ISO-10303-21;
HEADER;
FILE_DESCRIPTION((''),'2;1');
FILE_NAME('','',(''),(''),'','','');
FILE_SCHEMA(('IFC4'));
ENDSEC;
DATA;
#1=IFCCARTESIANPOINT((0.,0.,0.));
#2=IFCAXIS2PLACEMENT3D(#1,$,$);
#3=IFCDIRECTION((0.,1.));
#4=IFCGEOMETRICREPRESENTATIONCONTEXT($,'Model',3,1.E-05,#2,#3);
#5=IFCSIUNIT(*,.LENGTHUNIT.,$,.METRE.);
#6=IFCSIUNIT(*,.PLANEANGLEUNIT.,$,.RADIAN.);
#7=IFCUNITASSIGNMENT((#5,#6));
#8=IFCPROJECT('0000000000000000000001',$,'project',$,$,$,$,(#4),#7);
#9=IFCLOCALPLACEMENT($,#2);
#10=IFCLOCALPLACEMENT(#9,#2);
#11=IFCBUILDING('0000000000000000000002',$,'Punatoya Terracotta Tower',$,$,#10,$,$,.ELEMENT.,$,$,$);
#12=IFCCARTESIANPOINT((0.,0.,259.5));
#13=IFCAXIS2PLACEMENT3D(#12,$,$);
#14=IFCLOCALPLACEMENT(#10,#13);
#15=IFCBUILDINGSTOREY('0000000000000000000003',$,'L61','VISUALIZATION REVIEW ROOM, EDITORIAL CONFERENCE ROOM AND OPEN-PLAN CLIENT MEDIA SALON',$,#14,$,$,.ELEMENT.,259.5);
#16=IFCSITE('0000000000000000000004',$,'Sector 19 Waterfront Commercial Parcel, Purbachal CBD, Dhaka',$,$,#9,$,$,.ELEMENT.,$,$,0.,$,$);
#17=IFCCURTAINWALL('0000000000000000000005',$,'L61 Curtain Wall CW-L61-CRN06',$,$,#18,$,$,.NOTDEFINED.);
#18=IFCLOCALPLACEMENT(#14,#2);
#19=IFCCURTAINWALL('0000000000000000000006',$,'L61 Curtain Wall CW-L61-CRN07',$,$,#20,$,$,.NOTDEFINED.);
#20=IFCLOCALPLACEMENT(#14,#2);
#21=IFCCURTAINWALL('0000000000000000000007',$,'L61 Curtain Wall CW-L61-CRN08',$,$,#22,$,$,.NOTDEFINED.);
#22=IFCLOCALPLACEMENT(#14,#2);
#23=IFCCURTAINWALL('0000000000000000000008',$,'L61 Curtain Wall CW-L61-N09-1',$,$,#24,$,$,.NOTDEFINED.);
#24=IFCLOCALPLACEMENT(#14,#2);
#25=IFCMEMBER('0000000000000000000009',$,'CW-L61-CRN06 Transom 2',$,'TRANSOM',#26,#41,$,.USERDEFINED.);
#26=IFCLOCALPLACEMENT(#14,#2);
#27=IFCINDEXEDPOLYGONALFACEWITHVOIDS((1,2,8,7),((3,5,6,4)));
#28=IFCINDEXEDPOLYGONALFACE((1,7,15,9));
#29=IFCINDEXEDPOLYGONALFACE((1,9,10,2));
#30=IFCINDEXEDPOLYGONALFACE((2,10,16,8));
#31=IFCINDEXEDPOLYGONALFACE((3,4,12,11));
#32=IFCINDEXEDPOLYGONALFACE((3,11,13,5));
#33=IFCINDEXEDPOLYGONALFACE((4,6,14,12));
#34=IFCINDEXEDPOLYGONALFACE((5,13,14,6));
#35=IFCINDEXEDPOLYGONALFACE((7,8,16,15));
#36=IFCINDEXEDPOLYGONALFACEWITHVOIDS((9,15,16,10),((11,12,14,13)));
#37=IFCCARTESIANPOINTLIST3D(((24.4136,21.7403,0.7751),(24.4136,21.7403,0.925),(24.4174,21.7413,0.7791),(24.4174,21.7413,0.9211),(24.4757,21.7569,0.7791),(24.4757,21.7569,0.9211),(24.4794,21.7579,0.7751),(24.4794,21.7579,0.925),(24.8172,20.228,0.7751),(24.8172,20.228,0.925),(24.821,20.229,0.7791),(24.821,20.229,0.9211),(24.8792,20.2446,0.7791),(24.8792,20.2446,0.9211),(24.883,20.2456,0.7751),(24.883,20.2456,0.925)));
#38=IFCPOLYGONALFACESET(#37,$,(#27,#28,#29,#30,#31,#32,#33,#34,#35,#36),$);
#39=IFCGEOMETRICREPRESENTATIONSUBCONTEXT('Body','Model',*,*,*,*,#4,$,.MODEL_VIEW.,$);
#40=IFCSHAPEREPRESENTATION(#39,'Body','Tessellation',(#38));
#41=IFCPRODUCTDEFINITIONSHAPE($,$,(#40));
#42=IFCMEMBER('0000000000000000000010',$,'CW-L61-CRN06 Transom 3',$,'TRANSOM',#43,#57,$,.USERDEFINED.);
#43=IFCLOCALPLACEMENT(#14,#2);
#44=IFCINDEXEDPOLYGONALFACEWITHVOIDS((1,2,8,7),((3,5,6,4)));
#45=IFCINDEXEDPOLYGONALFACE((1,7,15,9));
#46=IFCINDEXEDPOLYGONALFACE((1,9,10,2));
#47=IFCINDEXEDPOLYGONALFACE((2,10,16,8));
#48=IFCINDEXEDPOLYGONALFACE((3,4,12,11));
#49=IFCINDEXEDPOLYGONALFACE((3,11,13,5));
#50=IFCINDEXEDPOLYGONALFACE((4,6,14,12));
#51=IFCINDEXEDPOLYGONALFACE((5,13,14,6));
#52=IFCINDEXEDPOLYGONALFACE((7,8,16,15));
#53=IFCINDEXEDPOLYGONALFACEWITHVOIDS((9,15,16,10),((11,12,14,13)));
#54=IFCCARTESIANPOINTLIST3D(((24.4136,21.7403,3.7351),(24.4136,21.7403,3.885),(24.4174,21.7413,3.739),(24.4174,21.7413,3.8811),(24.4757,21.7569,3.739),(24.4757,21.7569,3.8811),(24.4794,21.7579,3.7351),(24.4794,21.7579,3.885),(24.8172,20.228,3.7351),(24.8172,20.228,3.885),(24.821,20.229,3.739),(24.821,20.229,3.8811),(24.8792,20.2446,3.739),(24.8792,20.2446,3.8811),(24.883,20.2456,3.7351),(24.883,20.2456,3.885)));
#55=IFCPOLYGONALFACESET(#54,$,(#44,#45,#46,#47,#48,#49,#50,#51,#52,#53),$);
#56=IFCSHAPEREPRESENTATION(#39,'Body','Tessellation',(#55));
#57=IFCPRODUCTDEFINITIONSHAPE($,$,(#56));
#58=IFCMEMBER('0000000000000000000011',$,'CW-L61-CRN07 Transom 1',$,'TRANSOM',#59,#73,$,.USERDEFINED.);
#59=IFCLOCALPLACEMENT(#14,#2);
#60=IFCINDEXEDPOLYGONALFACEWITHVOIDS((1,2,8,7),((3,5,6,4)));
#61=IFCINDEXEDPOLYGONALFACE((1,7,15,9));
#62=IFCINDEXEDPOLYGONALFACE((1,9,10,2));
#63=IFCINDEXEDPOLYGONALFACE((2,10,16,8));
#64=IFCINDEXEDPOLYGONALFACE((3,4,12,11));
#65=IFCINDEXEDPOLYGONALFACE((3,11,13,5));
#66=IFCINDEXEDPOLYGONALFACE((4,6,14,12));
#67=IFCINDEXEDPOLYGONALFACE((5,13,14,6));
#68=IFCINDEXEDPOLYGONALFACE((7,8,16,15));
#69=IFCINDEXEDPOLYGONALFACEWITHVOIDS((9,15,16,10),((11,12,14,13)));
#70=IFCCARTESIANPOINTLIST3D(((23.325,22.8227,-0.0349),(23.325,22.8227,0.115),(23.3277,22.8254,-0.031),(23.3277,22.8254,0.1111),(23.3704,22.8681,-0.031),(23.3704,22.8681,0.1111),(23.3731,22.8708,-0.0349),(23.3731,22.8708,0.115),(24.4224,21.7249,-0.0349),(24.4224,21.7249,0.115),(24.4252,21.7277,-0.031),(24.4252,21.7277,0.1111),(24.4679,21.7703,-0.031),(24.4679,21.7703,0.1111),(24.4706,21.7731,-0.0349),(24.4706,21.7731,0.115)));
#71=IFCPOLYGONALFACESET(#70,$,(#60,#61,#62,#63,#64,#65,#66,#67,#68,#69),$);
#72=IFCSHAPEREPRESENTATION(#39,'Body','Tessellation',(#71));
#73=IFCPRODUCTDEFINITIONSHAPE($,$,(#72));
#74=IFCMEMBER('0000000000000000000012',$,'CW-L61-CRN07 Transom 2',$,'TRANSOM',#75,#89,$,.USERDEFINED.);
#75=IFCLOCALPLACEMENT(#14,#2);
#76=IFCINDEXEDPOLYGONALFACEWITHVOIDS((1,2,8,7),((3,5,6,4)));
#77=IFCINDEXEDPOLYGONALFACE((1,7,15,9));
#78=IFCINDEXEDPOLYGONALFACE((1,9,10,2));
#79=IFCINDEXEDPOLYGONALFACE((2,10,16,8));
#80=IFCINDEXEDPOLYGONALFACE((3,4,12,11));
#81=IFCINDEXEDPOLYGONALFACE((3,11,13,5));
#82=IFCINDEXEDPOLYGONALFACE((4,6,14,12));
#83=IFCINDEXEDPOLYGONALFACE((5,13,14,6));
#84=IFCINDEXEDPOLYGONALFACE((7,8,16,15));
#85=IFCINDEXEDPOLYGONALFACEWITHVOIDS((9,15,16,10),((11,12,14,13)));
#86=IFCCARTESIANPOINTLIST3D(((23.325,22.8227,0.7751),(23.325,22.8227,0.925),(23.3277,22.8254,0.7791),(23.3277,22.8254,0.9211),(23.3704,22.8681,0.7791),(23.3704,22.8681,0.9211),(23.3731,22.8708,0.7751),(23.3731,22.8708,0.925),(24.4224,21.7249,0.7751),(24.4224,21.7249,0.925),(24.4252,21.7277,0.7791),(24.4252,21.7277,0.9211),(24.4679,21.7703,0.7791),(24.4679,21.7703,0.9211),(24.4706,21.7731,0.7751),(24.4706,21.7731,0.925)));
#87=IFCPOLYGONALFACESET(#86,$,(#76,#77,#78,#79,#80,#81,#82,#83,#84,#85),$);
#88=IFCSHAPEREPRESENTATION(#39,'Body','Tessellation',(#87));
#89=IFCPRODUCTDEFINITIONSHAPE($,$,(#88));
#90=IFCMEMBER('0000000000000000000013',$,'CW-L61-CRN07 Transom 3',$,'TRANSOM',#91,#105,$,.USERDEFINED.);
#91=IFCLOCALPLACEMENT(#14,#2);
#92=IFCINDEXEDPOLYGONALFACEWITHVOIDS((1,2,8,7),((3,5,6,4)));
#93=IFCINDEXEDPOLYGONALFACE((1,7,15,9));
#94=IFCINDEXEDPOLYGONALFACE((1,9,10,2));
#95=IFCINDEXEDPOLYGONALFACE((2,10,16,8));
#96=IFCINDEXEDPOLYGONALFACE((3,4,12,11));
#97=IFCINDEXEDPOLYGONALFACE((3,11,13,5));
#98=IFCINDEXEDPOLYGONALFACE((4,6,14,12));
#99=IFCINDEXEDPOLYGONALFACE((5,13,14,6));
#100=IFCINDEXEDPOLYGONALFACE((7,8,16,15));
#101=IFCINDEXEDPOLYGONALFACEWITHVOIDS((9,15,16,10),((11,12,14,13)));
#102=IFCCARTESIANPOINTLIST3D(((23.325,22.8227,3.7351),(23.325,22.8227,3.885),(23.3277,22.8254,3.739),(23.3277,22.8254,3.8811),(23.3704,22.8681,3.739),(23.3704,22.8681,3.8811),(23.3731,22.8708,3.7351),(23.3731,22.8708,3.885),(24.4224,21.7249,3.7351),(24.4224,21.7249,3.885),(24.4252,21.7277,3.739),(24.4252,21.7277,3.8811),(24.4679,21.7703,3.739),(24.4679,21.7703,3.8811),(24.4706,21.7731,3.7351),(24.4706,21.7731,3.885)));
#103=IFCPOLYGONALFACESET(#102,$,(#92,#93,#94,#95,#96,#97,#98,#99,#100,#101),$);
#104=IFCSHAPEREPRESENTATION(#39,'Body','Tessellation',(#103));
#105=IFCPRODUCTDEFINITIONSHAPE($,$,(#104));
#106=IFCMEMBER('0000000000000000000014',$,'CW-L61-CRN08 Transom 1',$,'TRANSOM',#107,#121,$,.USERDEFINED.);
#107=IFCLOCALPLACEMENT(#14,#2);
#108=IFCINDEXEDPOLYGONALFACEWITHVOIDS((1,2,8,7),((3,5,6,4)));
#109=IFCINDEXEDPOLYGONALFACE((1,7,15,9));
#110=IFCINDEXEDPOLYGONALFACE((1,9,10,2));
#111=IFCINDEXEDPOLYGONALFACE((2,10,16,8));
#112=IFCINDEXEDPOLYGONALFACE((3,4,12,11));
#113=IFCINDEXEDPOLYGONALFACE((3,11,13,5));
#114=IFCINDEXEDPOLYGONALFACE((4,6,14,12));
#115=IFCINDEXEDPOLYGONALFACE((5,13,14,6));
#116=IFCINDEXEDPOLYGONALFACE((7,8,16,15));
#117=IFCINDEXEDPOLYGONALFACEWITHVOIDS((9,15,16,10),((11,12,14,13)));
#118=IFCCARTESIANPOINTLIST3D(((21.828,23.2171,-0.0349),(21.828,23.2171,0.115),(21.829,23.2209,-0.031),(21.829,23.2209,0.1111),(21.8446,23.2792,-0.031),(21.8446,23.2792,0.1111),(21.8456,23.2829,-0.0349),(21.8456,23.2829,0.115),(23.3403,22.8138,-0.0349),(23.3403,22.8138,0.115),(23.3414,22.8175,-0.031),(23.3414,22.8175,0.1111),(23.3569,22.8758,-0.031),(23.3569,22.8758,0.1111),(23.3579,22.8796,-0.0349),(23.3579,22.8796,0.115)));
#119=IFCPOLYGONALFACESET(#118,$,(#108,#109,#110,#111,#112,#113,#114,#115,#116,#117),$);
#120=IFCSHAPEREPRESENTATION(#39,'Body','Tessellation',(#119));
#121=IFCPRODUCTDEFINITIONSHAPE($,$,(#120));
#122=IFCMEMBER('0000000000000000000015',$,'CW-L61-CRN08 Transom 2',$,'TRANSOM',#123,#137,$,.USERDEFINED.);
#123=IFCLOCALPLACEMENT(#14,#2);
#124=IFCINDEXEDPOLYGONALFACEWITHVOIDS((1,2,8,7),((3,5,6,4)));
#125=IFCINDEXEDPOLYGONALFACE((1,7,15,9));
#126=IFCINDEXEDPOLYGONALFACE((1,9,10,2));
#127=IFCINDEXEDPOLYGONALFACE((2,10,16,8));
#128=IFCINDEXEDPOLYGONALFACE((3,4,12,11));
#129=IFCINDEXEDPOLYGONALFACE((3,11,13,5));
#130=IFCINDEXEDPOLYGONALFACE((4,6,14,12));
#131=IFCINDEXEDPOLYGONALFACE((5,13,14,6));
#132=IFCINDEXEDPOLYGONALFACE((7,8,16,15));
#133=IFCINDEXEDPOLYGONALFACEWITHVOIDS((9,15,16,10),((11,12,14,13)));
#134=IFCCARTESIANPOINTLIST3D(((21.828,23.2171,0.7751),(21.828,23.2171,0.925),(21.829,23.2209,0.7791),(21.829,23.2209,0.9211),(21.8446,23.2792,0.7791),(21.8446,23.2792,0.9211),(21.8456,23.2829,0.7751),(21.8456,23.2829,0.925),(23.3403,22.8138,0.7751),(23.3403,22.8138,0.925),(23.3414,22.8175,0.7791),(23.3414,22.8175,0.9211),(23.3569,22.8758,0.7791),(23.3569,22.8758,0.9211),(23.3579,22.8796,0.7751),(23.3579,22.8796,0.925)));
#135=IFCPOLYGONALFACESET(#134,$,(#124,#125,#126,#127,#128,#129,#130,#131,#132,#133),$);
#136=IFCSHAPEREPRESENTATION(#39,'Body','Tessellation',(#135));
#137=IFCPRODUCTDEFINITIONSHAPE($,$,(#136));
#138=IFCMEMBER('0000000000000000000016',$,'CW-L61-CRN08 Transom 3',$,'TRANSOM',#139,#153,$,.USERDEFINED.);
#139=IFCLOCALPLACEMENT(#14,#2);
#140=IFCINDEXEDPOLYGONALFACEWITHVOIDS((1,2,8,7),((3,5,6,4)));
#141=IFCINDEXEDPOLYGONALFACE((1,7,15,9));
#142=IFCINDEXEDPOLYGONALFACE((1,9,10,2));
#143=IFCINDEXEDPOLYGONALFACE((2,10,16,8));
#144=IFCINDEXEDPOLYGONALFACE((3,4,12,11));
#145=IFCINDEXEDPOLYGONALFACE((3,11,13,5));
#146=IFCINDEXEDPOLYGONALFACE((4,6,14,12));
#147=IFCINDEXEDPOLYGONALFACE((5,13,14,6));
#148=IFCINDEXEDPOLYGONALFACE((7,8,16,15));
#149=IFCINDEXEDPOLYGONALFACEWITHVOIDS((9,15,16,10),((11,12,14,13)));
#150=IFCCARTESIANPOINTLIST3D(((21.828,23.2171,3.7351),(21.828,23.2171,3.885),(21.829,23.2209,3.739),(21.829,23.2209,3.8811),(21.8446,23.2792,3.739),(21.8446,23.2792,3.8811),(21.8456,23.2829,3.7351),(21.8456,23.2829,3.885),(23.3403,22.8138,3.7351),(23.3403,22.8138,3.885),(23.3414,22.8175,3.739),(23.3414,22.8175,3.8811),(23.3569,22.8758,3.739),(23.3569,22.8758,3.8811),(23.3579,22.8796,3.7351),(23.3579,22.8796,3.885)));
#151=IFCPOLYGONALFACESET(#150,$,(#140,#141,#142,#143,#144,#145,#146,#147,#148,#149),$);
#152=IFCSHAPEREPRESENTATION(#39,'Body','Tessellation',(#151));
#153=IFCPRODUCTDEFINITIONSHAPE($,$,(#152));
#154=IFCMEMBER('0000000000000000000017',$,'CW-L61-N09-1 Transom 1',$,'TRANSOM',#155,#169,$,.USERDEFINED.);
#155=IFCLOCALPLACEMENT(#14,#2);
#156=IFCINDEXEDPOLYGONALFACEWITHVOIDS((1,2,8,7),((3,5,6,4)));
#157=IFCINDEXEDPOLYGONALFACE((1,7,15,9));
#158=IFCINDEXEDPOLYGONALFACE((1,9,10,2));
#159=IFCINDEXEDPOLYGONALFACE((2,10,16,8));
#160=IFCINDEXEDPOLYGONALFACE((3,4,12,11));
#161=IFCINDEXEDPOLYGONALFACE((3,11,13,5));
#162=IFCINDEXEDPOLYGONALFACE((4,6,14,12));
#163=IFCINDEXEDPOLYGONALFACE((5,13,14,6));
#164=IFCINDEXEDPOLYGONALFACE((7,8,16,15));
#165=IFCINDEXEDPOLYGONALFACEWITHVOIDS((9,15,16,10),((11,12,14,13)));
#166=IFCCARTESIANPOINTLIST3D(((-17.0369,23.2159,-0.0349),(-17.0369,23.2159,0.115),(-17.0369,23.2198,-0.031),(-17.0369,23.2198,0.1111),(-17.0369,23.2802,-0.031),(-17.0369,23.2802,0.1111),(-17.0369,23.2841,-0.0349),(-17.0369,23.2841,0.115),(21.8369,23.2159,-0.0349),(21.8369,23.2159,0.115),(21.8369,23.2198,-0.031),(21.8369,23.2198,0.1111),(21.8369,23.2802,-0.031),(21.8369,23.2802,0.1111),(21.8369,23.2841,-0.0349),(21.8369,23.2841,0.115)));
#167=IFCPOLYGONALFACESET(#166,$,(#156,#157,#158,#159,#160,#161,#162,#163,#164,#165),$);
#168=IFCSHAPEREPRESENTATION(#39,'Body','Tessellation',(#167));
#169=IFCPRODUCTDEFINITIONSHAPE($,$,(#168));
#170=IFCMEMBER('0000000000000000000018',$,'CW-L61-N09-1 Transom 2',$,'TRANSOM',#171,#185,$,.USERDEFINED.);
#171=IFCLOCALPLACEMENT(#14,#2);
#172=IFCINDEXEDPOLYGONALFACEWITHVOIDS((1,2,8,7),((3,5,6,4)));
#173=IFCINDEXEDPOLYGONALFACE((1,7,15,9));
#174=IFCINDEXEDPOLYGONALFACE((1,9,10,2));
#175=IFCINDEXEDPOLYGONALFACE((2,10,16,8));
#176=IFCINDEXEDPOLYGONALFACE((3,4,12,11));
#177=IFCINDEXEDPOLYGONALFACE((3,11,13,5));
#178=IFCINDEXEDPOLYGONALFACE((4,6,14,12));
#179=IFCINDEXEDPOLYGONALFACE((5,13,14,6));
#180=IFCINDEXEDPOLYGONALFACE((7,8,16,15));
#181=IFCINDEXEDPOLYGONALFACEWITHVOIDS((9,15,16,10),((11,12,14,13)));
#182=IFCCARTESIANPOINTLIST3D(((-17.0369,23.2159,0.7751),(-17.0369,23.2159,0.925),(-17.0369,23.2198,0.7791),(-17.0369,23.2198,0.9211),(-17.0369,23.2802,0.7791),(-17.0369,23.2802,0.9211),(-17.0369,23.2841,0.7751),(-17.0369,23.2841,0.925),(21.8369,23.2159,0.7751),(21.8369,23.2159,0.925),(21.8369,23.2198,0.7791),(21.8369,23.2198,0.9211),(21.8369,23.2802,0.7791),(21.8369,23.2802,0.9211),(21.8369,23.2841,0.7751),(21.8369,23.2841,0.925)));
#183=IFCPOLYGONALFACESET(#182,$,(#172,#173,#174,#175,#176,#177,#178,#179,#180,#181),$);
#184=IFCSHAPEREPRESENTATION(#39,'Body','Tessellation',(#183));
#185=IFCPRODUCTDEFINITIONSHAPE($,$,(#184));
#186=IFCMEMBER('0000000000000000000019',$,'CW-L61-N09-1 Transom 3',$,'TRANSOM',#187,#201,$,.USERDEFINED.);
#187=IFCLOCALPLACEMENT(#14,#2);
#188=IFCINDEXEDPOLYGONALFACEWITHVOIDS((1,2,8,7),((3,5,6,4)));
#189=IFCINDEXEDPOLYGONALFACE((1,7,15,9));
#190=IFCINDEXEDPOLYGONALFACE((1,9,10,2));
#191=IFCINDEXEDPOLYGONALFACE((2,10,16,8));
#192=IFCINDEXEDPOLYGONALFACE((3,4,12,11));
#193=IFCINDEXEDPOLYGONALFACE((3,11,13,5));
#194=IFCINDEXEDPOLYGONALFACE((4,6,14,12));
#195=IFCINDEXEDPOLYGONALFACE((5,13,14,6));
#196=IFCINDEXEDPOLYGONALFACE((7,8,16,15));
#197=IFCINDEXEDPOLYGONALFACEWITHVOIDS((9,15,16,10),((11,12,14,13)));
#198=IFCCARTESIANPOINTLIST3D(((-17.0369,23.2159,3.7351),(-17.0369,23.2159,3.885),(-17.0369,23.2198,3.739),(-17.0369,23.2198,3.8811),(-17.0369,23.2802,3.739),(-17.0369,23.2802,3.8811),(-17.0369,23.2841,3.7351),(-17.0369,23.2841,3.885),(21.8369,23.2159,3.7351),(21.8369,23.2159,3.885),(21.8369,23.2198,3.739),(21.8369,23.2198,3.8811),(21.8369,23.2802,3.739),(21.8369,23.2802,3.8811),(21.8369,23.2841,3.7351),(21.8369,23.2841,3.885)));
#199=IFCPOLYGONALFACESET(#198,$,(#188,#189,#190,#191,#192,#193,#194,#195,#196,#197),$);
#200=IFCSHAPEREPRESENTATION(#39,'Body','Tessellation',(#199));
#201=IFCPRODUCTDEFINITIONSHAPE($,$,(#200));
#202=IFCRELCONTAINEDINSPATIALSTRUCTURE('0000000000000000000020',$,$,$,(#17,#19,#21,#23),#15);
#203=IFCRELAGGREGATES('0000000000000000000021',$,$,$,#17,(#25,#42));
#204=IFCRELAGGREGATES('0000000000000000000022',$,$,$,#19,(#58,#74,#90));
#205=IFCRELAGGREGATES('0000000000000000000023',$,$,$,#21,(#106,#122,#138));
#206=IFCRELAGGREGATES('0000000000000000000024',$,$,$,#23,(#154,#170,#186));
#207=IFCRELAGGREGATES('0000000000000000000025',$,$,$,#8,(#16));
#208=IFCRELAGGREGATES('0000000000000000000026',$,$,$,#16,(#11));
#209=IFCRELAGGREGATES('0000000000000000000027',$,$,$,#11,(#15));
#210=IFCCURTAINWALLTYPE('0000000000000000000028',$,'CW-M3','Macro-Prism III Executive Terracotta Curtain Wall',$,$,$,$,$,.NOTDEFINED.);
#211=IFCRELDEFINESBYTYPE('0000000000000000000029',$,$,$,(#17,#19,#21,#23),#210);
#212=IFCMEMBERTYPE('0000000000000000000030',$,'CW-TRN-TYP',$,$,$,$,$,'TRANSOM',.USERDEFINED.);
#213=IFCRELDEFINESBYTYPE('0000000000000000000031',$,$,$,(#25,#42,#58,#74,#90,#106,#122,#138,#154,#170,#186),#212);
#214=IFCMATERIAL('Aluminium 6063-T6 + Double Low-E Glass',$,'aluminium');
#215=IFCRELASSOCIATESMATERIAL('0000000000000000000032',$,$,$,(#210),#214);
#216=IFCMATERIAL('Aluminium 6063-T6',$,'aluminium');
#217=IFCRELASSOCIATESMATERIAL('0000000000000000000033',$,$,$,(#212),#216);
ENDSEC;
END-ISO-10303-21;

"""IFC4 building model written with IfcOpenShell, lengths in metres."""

from ifc_helpers import new_model, si_unit, direction, frame, origin, origin_2d, place, context, subcontext, project, spatial, hollow_rectangle, extrude, material, material_profile, profile_set, type_object, element, aggregate, save


model = new_model("IFC4")

# Units and contexts
model_context = context("Model", 3, precision=1e-05, world=origin(), true_north=direction((0.0, 1.0)))
body_context = subcontext(model_context, "Body", "Model", "MODEL_VIEW")
ifc_project = project(units=[si_unit("LENGTHUNIT", "METRE"), si_unit("PLANEANGLEUNIT", "RADIAN")], contexts=[model_context])

# Site, building, storey
site_placement = place(None, origin())
site = spatial("IfcSite", under=ifc_project, at=site_placement, Name="Sector 19 Waterfront Commercial Parcel, Purbachal CBD, Dhaka", CompositionType="ELEMENT", RefElevation=0.0)
building_placement = place(site_placement, origin())
building = spatial("IfcBuilding", under=site, at=building_placement, Name="Punatoya Terracotta Tower", CompositionType="ELEMENT")
storey_placement = place(building_placement, frame((0.0, 0.0, 259.5)))
storey = spatial("IfcBuildingStorey", under=building, at=storey_placement, Name="L61", Description="VISUALIZATION REVIEW ROOM, EDITORIAL CONFERENCE ROOM AND OPEN-PLAN CLIENT MEDIA SALON", CompositionType="ELEMENT", Elevation=259.5)

# Curtain walls
ifc_material_1 = material(Name="Aluminium 6063-T6 + Double Low-E Glass", Category="aluminium")
curtain_wall_type = type_object("IfcCurtainWallType", Name="CW-M3", Description="Macro-Prism III Executive Terracotta Curtain Wall", PredefinedType="NOTDEFINED", material=ifc_material_1)
curtain_wall_1_placement = place(storey_placement, origin())
curtain_wall_1 = element("IfcCurtainWall", 1, at=curtain_wall_1_placement, inside=storey, type_object=curtain_wall_type, Name="L61 Curtain Wall CW-L61-CRN06", PredefinedType="NOTDEFINED")
ifc_material_2 = material(Name="Aluminium 6063-T6", Category="aluminium")
curtain_wall_2_placement = place(storey_placement, origin())
curtain_wall_2 = element("IfcCurtainWall", 2, at=curtain_wall_2_placement, inside=storey, type_object=curtain_wall_type, Name="L61 Curtain Wall CW-L61-CRN07", PredefinedType="NOTDEFINED")
curtain_wall_3_placement = place(storey_placement, origin())
curtain_wall_3 = element("IfcCurtainWall", 3, at=curtain_wall_3_placement, inside=storey, type_object=curtain_wall_type, Name="L61 Curtain Wall CW-L61-CRN08", PredefinedType="NOTDEFINED")

# Curtain wall
curtain_wall_4_placement = place(storey_placement, origin())
curtain_wall_4 = element("IfcCurtainWall", 4, at=curtain_wall_4_placement, inside=storey, type_object=curtain_wall_type, Name="L61 Curtain Wall CW-L61-N09-1", PredefinedType="NOTDEFINED")

# Members
ifc_material_profile_1 = material_profile(ifc_material_2, hollow_rectangle(XDim=0.0681, YDim=0.1499, WallThickness=0.0039, at=origin_2d()))
ifc_profile_set_1 = profile_set([ifc_material_profile_1], Name="Aluminium 6063-T6")
member_type_1 = type_object("IfcMemberType", Name="CW-TRN-TYP", ElementType="TRANSOM", PredefinedType="USERDEFINED", material=ifc_profile_set_1)
member_1_placement = place(storey_placement, frame((24.8501, 20.2368, 0.8501), z_axis=(-0.257847, 0.966186, 0.0), x_axis=(-0.966186, -0.257847, 0.0)))
member_1 = element("IfcMember", 5, at=member_1_placement, type_object=member_type_1, Name="CW-L61-CRN06 Transom 2", ObjectType="TRANSOM", PredefinedType="USERDEFINED", context=body_context, shape_type="SweptSolid", body=[
    extrude(hollow_rectangle(XDim=0.0681, YDim=0.1499, WallThickness=0.0039, at=origin_2d()), origin(), (0.0, 0.0, 1.0), 1.5652),
])
member_2_placement = place(storey_placement, frame((24.8501, 20.2368, 3.8101), z_axis=(-0.257847, 0.966186, 0.0), x_axis=(-0.966186, -0.257847, 0.0)))
member_2 = element("IfcMember", 6, at=member_2_placement, type_object=member_type_1, Name="CW-L61-CRN06 Transom 3", ObjectType="TRANSOM", PredefinedType="USERDEFINED", context=body_context, shape_type="SweptSolid", body=[
    extrude(hollow_rectangle(XDim=0.0681, YDim=0.1499, WallThickness=0.0039, at=origin_2d()), origin(), (0.0, 0.0, 1.0), 1.5652),
])
member_3_placement = place(storey_placement, frame((24.4465, 21.749, 0.04), z_axis=(-0.707028, 0.707185, 0.0), x_axis=(-0.707185, -0.707028, 0.0)))
member_3 = element("IfcMember", 7, at=member_3_placement, type_object=member_type_1, Name="CW-L61-CRN07 Transom 1", ObjectType="TRANSOM", PredefinedType="USERDEFINED", context=body_context, shape_type="SweptSolid", body=[
    extrude(hollow_rectangle(XDim=0.0681, YDim=0.1499, WallThickness=0.0039, at=origin_2d()), origin(), (0.0, 0.0, 1.0), 1.5522),
])
member_4_placement = place(storey_placement, frame((24.4465, 21.749, 0.8501), z_axis=(-0.707028, 0.707185, 0.0), x_axis=(-0.707185, -0.707028, 0.0)))
member_4 = element("IfcMember", 8, at=member_4_placement, type_object=member_type_1, Name="CW-L61-CRN07 Transom 2", ObjectType="TRANSOM", PredefinedType="USERDEFINED", context=body_context, shape_type="SweptSolid", body=[
    extrude(hollow_rectangle(XDim=0.0681, YDim=0.1499, WallThickness=0.0039, at=origin_2d()), origin(), (0.0, 0.0, 1.0), 1.5522),
])
member_5_placement = place(storey_placement, frame((24.4465, 21.749, 3.8101), z_axis=(-0.707028, 0.707185, 0.0), x_axis=(-0.707185, -0.707028, 0.0)))
member_5 = element("IfcMember", 9, at=member_5_placement, type_object=member_type_1, Name="CW-L61-CRN07 Transom 3", ObjectType="TRANSOM", PredefinedType="USERDEFINED", context=body_context, shape_type="SweptSolid", body=[
    extrude(hollow_rectangle(XDim=0.0681, YDim=0.1499, WallThickness=0.0039, at=origin_2d()), origin(), (0.0, 0.0, 1.0), 1.5522),
])
member_6_placement = place(storey_placement, frame((23.3491, 22.8467, 0.04), z_axis=(-0.966225, 0.257701, 0.0), x_axis=(-0.257701, -0.966225, 0.0)))
member_6 = element("IfcMember", 10, at=member_6_placement, type_object=member_type_1, Name="CW-L61-CRN08 Transom 1", ObjectType="TRANSOM", PredefinedType="USERDEFINED", context=body_context, shape_type="SweptSolid", body=[
    extrude(hollow_rectangle(XDim=0.0681, YDim=0.1499, WallThickness=0.0039, at=origin_2d()), origin(), (0.0, 0.0, 1.0), 1.5652),
])
member_7_placement = place(storey_placement, frame((23.3491, 22.8467, 0.8501), z_axis=(-0.966225, 0.257701, 0.0), x_axis=(-0.257701, -0.966225, 0.0)))
member_7 = element("IfcMember", 11, at=member_7_placement, type_object=member_type_1, Name="CW-L61-CRN08 Transom 2", ObjectType="TRANSOM", PredefinedType="USERDEFINED", context=body_context, shape_type="SweptSolid", body=[
    extrude(hollow_rectangle(XDim=0.0681, YDim=0.1499, WallThickness=0.0039, at=origin_2d()), origin(), (0.0, 0.0, 1.0), 1.5652),
])
member_8_placement = place(storey_placement, frame((23.3491, 22.8467, 3.8101), z_axis=(-0.966225, 0.257701, 0.0), x_axis=(-0.257701, -0.966225, 0.0)))
member_8 = element("IfcMember", 12, at=member_8_placement, type_object=member_type_1, Name="CW-L61-CRN08 Transom 3", ObjectType="TRANSOM", PredefinedType="USERDEFINED", context=body_context, shape_type="SweptSolid", body=[
    extrude(hollow_rectangle(XDim=0.0681, YDim=0.1499, WallThickness=0.0039, at=origin_2d()), origin(), (0.0, 0.0, 1.0), 1.5652),
])
member_9_placement = place(storey_placement, frame((21.8369, 23.25, 0.04), z_axis=(-1.0, 0.0, 0.0), x_axis=(0.0, -1.0, 0.0)))
member_9 = element("IfcMember", 13, at=member_9_placement, type_object=member_type_1, Name="CW-L61-N09-1 Transom 1", ObjectType="TRANSOM", PredefinedType="USERDEFINED", context=body_context, shape_type="SweptSolid", body=[
    extrude(hollow_rectangle(XDim=0.0681, YDim=0.1499, WallThickness=0.0039, at=origin_2d()), origin(), (0.0, 0.0, 1.0), 38.8738),
])
member_10_placement = place(storey_placement, frame((21.8369, 23.25, 0.8501), z_axis=(-1.0, 0.0, 0.0), x_axis=(0.0, -1.0, 0.0)))
member_10 = element("IfcMember", 14, at=member_10_placement, type_object=member_type_1, Name="CW-L61-N09-1 Transom 2", ObjectType="TRANSOM", PredefinedType="USERDEFINED", context=body_context, shape_type="SweptSolid", body=[
    extrude(hollow_rectangle(XDim=0.0681, YDim=0.1499, WallThickness=0.0039, at=origin_2d()), origin(), (0.0, 0.0, 1.0), 38.8738),
])
member_11_placement = place(storey_placement, frame((21.8369, 23.25, 3.8101), z_axis=(-1.0, 0.0, 0.0), x_axis=(0.0, -1.0, 0.0)))
member_11 = element("IfcMember", 15, at=member_11_placement, type_object=member_type_1, Name="CW-L61-N09-1 Transom 3", ObjectType="TRANSOM", PredefinedType="USERDEFINED", context=body_context, shape_type="SweptSolid", body=[
    extrude(hollow_rectangle(XDim=0.0681, YDim=0.1499, WallThickness=0.0039, at=origin_2d()), origin(), (0.0, 0.0, 1.0), 38.8738),
])

aggregate(curtain_wall_1, [member_1, member_2])
aggregate(curtain_wall_2, [member_3, member_4, member_5])
aggregate(curtain_wall_3, [member_6, member_7, member_8])
aggregate(curtain_wall_4, [member_9, member_10, member_11])

save(model, "model.ifc")
